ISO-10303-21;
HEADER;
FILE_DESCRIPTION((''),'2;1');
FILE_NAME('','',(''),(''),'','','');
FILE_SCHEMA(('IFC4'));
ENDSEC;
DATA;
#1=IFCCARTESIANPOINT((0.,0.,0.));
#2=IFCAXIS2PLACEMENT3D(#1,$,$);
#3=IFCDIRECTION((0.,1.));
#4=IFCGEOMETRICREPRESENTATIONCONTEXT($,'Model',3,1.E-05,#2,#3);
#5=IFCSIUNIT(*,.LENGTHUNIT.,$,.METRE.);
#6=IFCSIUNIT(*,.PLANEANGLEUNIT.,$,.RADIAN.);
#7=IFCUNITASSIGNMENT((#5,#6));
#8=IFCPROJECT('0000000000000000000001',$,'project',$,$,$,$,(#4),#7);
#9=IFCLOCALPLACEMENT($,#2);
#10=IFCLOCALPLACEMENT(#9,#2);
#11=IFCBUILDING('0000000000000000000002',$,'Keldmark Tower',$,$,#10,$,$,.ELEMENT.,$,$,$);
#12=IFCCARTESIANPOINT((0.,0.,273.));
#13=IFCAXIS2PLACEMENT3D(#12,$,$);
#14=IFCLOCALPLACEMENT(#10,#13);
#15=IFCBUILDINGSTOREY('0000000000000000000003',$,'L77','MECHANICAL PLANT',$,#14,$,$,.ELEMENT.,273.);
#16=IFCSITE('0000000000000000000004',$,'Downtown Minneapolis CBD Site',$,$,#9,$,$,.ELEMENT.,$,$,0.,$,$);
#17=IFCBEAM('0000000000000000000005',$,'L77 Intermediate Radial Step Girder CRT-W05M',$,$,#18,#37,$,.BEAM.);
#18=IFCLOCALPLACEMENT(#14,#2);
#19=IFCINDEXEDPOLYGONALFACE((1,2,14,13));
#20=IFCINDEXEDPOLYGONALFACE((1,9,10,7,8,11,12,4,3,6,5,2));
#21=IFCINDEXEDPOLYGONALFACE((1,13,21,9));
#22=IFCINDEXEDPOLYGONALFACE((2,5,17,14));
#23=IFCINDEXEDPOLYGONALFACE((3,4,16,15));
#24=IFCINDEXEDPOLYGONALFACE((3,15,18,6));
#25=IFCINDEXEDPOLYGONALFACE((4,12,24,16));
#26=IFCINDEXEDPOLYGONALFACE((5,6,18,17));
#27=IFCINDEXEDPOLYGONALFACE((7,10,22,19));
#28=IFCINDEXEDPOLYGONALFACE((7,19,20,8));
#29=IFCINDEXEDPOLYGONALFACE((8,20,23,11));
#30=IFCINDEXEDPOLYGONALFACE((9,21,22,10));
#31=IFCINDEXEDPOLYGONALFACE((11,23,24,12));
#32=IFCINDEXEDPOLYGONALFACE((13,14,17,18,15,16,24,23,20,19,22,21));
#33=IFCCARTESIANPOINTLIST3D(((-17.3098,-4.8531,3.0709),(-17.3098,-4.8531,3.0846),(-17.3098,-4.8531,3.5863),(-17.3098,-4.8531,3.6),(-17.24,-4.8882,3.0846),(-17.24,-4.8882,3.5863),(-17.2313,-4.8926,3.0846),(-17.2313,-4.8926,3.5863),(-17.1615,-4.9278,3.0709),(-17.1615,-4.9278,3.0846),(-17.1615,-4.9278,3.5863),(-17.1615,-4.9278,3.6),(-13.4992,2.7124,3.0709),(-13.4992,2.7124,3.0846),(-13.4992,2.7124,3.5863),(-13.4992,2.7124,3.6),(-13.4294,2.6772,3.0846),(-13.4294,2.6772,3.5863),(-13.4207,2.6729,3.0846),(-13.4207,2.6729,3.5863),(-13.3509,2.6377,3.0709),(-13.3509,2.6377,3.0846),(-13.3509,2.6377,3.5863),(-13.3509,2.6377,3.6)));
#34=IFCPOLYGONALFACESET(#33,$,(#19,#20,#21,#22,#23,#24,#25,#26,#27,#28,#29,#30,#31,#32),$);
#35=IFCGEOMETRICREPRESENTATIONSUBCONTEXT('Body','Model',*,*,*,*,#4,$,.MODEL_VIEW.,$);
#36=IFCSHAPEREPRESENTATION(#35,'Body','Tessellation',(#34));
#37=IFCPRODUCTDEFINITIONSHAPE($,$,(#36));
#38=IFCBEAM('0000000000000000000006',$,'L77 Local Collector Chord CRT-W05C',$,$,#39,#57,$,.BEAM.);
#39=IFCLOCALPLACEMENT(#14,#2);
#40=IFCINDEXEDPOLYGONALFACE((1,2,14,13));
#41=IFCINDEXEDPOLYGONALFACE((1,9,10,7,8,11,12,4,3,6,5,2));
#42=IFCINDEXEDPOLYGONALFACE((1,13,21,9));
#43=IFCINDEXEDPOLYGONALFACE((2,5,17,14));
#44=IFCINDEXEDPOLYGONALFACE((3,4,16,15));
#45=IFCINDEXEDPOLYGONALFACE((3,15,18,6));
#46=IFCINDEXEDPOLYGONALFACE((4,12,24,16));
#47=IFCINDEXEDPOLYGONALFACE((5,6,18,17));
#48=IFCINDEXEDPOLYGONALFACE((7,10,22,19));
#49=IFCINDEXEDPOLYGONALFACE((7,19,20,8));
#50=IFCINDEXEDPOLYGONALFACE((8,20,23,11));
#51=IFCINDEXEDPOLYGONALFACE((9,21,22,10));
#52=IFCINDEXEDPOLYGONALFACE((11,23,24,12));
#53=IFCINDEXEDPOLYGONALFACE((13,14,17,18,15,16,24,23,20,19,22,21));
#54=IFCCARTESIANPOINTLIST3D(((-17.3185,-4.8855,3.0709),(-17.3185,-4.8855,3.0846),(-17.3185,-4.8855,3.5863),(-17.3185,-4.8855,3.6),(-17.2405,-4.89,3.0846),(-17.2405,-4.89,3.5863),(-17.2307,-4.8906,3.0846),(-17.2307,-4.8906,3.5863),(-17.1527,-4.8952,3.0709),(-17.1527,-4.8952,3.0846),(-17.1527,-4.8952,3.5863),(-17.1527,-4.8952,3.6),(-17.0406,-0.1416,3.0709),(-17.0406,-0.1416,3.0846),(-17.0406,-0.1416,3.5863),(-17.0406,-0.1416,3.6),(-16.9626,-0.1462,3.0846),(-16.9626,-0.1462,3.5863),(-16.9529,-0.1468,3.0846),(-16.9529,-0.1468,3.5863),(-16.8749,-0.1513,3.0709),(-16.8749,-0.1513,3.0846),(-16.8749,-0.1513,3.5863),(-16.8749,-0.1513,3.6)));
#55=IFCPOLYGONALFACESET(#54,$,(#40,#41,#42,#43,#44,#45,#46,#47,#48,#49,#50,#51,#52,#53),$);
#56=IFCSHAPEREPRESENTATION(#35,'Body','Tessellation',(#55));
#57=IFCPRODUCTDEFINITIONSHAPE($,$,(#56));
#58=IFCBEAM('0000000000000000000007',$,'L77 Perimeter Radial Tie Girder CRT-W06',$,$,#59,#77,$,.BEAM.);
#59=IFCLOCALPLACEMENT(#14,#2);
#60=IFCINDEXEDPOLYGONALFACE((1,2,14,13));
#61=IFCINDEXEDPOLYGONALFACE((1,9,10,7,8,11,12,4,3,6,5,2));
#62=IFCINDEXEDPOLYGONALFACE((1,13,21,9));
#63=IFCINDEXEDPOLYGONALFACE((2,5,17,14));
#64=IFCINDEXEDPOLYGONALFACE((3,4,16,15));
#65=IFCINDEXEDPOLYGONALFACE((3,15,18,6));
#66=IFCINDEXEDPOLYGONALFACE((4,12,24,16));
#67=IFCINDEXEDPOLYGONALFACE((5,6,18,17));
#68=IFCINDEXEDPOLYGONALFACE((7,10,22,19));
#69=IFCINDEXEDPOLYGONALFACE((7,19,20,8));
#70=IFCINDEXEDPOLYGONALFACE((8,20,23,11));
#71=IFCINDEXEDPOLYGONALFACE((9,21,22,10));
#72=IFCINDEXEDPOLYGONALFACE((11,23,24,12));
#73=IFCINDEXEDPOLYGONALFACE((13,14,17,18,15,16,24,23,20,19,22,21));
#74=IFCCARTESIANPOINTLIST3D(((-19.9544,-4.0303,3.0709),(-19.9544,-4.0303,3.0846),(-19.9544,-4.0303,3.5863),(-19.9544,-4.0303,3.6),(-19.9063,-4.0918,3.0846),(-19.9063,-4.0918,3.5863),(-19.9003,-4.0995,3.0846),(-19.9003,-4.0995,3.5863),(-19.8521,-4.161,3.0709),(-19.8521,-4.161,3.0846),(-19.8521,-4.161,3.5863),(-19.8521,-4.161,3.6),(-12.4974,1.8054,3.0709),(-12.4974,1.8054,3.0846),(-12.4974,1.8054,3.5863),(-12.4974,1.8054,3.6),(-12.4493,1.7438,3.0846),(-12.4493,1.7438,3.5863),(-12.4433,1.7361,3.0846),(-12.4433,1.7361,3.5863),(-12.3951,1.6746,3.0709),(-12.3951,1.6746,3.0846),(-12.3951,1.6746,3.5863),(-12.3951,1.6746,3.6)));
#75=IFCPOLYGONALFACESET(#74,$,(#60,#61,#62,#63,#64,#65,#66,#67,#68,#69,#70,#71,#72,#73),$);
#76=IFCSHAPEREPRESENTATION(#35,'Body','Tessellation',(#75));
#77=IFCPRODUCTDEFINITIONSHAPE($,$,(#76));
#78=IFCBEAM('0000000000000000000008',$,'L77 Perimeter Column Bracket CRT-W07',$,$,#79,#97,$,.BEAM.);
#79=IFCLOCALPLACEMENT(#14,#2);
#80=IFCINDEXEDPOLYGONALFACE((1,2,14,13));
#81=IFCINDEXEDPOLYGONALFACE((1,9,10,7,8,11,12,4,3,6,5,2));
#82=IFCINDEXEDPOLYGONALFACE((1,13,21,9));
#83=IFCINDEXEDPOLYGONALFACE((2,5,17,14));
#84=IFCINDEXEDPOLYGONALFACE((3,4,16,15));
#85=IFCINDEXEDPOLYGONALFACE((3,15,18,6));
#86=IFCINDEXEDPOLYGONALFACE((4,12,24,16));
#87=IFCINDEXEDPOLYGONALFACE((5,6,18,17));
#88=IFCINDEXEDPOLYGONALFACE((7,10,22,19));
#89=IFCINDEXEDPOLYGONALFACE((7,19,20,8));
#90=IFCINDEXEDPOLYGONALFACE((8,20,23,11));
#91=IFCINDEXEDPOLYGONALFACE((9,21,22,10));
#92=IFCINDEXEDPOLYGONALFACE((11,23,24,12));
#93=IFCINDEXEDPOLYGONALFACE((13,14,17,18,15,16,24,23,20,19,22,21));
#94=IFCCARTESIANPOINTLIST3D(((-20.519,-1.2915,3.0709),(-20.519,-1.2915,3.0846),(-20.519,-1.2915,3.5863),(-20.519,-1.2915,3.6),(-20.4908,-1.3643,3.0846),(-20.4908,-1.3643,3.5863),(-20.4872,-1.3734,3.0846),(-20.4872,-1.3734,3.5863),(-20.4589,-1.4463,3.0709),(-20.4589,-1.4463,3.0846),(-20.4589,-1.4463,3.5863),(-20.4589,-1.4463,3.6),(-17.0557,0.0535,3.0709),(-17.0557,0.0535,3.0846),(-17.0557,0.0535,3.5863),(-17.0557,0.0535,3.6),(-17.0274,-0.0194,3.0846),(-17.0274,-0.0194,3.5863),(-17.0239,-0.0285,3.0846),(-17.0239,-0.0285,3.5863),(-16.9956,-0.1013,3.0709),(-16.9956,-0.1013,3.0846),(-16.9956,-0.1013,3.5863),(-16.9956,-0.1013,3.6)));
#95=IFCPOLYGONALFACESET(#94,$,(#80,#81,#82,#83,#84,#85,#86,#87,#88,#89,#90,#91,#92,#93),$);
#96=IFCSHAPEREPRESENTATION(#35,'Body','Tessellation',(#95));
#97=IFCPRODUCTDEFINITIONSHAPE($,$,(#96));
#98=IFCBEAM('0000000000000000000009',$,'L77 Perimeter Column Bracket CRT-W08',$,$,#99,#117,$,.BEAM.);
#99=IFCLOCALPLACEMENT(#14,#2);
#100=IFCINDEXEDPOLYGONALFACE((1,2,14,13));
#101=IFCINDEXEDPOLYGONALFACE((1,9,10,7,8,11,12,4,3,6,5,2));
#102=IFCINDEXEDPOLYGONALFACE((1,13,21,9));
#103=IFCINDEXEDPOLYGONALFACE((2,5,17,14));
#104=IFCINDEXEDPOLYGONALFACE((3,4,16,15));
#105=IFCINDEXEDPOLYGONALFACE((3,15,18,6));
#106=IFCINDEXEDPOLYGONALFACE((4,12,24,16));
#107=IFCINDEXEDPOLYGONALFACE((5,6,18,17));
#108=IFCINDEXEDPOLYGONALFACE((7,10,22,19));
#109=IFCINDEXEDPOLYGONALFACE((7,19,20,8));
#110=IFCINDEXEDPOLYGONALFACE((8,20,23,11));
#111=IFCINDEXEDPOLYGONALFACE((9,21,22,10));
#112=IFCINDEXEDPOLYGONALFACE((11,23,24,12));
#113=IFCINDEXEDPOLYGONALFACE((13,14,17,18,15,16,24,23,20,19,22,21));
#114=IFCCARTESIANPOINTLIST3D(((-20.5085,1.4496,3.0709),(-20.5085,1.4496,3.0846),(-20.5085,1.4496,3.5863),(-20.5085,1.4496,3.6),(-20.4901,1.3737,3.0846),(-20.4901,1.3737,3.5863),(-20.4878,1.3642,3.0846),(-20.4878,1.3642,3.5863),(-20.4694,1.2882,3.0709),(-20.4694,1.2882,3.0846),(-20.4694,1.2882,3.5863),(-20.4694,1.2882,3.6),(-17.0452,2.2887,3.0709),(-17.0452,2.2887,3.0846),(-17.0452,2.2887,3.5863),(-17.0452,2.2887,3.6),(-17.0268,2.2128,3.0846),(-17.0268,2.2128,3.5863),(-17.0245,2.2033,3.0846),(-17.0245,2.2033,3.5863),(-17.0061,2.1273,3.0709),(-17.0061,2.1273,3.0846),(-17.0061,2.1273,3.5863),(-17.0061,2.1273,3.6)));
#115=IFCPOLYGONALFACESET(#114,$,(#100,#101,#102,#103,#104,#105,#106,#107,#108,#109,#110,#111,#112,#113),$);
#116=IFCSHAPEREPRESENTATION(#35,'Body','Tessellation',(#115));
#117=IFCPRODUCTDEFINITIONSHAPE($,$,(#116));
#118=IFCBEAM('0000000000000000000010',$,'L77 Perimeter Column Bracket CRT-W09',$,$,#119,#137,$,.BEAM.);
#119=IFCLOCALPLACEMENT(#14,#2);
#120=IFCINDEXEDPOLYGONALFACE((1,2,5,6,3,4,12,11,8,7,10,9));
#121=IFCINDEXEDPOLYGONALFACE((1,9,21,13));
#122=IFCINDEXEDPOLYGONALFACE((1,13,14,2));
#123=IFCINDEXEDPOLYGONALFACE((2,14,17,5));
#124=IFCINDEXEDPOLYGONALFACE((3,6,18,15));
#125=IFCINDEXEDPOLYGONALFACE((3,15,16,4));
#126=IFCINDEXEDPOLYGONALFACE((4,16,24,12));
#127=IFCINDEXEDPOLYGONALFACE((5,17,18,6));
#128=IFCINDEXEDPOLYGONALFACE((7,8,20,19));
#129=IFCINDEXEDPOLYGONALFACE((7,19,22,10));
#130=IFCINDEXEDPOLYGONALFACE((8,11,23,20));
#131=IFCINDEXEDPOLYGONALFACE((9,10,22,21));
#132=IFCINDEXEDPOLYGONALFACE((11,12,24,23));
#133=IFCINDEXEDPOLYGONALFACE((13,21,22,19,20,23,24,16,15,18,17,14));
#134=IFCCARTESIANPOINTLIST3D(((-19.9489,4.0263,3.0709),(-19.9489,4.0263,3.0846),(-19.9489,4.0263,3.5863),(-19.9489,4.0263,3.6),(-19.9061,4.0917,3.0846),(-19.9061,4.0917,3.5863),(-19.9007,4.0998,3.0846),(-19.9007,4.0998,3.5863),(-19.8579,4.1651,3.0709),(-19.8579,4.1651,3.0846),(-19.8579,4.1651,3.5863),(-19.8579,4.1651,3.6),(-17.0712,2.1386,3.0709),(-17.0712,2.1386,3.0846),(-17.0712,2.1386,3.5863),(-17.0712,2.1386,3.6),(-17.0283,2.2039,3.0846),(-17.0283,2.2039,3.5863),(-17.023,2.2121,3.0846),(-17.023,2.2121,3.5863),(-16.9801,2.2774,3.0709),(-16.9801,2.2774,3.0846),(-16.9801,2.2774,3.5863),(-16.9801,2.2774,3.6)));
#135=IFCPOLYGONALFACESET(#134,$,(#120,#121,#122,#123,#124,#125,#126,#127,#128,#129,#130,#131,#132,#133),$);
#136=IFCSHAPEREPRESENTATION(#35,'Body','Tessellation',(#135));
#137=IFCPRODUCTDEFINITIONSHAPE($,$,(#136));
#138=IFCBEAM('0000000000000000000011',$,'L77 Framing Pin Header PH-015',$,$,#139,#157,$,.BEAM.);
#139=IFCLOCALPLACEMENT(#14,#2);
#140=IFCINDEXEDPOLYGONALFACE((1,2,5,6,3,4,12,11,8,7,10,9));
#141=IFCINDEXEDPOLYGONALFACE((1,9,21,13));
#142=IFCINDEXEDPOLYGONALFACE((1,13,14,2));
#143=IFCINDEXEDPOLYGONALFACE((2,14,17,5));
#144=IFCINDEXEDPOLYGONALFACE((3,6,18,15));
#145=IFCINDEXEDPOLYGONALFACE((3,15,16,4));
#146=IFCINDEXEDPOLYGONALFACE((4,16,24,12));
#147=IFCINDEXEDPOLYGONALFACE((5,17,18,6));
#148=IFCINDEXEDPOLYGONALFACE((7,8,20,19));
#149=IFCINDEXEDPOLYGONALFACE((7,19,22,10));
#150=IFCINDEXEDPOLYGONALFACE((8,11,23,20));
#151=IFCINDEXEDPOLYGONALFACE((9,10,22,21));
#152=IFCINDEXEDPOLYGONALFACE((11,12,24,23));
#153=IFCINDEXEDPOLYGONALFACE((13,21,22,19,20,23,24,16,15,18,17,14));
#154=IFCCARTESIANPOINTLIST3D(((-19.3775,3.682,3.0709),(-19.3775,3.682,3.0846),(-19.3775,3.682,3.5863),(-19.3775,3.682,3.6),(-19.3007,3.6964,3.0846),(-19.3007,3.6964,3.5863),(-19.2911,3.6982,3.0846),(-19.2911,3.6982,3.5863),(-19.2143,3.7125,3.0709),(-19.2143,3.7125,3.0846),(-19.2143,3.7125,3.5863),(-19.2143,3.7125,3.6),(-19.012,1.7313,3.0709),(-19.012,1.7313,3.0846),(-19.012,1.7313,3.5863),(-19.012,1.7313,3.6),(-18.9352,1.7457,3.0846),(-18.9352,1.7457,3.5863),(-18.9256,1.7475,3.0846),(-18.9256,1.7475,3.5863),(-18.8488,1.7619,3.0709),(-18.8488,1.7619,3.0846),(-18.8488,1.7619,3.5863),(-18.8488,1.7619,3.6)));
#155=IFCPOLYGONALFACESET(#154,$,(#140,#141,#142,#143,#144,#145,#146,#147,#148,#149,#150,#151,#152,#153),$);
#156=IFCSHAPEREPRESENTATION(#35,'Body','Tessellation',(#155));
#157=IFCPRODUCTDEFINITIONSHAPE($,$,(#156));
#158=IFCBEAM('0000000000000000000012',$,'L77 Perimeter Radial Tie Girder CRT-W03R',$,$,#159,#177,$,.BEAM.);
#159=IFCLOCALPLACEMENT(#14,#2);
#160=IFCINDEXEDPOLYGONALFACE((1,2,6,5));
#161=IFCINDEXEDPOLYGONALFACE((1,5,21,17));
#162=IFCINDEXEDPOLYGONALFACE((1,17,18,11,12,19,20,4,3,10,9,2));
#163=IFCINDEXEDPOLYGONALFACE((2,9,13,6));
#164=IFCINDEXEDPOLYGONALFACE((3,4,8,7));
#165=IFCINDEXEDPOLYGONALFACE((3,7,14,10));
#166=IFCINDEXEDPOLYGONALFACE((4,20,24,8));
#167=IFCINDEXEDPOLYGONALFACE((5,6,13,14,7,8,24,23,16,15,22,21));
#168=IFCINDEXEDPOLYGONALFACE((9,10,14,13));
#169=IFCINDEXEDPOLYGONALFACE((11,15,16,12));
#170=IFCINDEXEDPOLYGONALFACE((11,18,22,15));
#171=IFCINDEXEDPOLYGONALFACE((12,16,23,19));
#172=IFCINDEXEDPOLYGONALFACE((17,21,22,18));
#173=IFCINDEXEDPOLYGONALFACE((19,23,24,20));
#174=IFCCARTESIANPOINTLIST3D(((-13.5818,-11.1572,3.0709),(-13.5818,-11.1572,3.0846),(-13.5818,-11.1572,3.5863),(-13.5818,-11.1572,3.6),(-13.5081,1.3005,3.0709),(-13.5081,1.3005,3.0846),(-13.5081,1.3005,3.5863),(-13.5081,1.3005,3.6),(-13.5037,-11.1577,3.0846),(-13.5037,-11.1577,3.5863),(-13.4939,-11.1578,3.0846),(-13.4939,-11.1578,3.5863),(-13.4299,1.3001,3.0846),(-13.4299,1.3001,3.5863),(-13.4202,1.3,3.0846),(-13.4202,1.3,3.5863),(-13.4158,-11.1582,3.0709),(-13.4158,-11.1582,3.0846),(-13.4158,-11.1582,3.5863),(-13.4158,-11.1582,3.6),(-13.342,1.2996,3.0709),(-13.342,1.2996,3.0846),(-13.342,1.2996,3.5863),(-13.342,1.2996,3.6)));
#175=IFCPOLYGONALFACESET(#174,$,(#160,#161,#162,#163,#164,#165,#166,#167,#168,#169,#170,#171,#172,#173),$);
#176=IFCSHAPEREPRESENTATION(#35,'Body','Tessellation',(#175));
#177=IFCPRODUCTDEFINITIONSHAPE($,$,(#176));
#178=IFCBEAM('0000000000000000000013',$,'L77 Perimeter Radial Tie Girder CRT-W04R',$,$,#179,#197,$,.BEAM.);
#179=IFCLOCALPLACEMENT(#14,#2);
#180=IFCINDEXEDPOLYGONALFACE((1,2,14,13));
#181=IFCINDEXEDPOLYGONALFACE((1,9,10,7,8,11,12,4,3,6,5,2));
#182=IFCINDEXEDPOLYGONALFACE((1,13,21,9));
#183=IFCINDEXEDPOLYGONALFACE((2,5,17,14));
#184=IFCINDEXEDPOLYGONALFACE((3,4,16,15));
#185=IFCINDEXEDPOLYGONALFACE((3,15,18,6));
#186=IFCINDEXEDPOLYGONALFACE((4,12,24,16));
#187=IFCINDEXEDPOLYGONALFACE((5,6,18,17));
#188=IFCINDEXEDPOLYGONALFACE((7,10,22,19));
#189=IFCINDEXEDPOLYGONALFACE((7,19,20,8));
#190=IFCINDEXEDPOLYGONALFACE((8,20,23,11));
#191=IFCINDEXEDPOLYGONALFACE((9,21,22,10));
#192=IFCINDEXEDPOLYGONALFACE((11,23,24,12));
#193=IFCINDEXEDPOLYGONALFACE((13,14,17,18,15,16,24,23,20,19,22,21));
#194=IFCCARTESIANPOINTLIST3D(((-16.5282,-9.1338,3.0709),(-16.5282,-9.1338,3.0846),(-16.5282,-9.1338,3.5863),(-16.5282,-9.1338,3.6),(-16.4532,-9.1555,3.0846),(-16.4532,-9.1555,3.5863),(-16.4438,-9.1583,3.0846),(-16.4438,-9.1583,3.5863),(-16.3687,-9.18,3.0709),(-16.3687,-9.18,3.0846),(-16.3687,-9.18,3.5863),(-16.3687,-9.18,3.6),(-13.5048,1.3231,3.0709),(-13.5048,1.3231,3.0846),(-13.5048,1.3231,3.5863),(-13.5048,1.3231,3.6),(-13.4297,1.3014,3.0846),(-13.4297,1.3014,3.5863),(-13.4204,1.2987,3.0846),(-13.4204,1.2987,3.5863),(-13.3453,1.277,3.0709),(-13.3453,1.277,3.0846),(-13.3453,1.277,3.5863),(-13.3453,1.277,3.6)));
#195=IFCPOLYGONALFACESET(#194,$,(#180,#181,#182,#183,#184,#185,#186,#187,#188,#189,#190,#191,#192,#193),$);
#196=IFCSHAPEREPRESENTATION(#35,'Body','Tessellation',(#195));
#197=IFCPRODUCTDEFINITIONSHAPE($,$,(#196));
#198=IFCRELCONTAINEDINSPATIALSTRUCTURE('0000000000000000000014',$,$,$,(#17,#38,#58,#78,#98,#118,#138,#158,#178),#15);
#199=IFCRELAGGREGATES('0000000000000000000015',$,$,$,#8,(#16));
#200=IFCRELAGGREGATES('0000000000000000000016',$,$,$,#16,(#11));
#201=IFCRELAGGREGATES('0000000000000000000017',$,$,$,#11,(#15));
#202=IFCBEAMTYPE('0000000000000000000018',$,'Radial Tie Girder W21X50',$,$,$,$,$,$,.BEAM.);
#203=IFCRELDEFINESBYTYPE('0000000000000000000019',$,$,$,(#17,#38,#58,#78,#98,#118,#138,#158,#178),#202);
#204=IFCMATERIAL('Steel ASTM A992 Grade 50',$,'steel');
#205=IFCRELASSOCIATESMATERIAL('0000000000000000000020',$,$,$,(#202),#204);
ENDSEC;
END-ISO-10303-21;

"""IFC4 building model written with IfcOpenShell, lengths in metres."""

from ifc_helpers import new_model, si_unit, direction, frame, origin, origin_2d, place, context, subcontext, project, spatial, i_section, extrude, material, material_profile, profile_set, type_object, element, save


model = new_model("IFC4")

# Units and contexts
model_context = context("Model", 3, precision=1e-05, world=origin(), true_north=direction((0.0, 1.0)))
body_context = subcontext(model_context, "Body", "Model", "MODEL_VIEW")
ifc_project = project(units=[si_unit("LENGTHUNIT", "METRE"), si_unit("PLANEANGLEUNIT", "RADIAN")], contexts=[model_context])

# Site, building, storey
site_placement = place(None, origin())
site = spatial("IfcSite", under=ifc_project, at=site_placement, Name="Downtown Minneapolis CBD Site", CompositionType="ELEMENT", RefElevation=0.0)
building_placement = place(site_placement, origin())
building = spatial("IfcBuilding", under=site, at=building_placement, Name="Keldmark Tower", CompositionType="ELEMENT")
storey_placement = place(building_placement, frame((0.0, 0.0, 273.0)))
storey = spatial("IfcBuildingStorey", under=building, at=storey_placement, Name="L77", Description="MECHANICAL PLANT", CompositionType="ELEMENT", Elevation=273.0)

# Beams
ifc_material_1 = material(Name="Steel ASTM A992 Grade 50", Category="steel")
ifc_material_profile_1 = material_profile(ifc_material_1, i_section(OverallWidth=0.166, OverallDepth=0.5291, WebThickness=0.0098, FlangeThickness=0.0137, at=origin_2d()), Name="W21X50")
ifc_profile_set_1 = profile_set([ifc_material_profile_1], Name="Steel ASTM A992 Grade 50")
beam_type_1 = type_object("IfcBeamType", Name="Radial Tie Girder W21X50", PredefinedType="BEAM", material=ifc_profile_set_1)
beam_1_placement = place(storey_placement, frame((-13.425, 2.675, 3.3354), z_axis=(-0.44984, -0.893109, 0.0), x_axis=(0.893109, -0.44984, 0.0)))
element("IfcBeam", 1, at=beam_1_placement, inside=storey, type_object=beam_type_1, Name="L77 Intermediate Radial Step Girder CRT-W05M", PredefinedType="BEAM", context=body_context, shape_type="SweptSolid", body=[
    extrude(i_section(OverallWidth=0.166, OverallDepth=0.5291, WebThickness=0.0098, FlangeThickness=0.0137, at=origin_2d()), origin(), (0.0, 0.0, 1.0), 8.4709),
])
beam_2_placement = place(storey_placement, frame((-16.9578, -0.1465, 3.3354), z_axis=(-0.058466, -0.998289, 0.0), x_axis=(0.998289, -0.058466, 0.0)))
element("IfcBeam", 2, at=beam_2_placement, inside=storey, type_object=beam_type_1, Name="L77 Local Collector Chord CRT-W05C", PredefinedType="BEAM", context=body_context, shape_type="SweptSolid", body=[
    extrude(i_section(OverallWidth=0.166, OverallDepth=0.5291, WebThickness=0.0098, FlangeThickness=0.0137, at=origin_2d()), origin(), (0.0, 0.0, 1.0), 4.752),
])
beam_3_placement = place(storey_placement, frame((-12.4463, 1.74, 3.3354), z_axis=(-0.787518, -0.616292, 0.0), x_axis=(0.616292, -0.787518, 0.0)))
element("IfcBeam", 3, at=beam_3_placement, inside=storey, type_object=beam_type_1, Name="L77 Perimeter Radial Tie Girder CRT-W06", PredefinedType="BEAM", context=body_context, shape_type="SweptSolid", body=[
    extrude(i_section(OverallWidth=0.166, OverallDepth=0.5291, WebThickness=0.0098, FlangeThickness=0.0137, at=origin_2d()), origin(), (0.0, 0.0, 1.0), 9.469),
])
beam_4_placement = place(storey_placement, frame((-17.0256, -0.0239, 3.3354), z_axis=(-0.932177, -0.362002, 0.0), x_axis=(0.362002, -0.932177, 0.0)))
element("IfcBeam", 4, at=beam_4_placement, inside=storey, type_object=beam_type_1, Name="L77 Perimeter Column Bracket CRT-W07", PredefinedType="BEAM", context=body_context, shape_type="SweptSolid", body=[
    extrude(i_section(OverallWidth=0.166, OverallDepth=0.5291, WebThickness=0.0098, FlangeThickness=0.0137, at=origin_2d()), origin(), (0.0, 0.0, 1.0), 3.7153),
])
beam_5_placement = place(storey_placement, frame((-17.0256, 2.208, 3.3354), z_axis=(-0.971882, -0.235469, 0.0), x_axis=(0.235469, -0.971882, 0.0)))
element("IfcBeam", 5, at=beam_5_placement, inside=storey, type_object=beam_type_1, Name="L77 Perimeter Column Bracket CRT-W08", PredefinedType="BEAM", context=body_context, shape_type="SweptSolid", body=[
    extrude(i_section(OverallWidth=0.166, OverallDepth=0.5291, WebThickness=0.0098, FlangeThickness=0.0137, at=origin_2d()), origin(), (0.0, 0.0, 1.0), 3.5635),
])
beam_6_placement = place(storey_placement, frame((-17.0256, 2.208, 3.3354), z_axis=(-0.836153, 0.548497, 0.0), x_axis=(-0.548497, -0.836153, 0.0)))
element("IfcBeam", 6, at=beam_6_placement, inside=storey, type_object=beam_type_1, Name="L77 Perimeter Column Bracket CRT-W09", PredefinedType="BEAM", context=body_context, shape_type="SweptSolid", body=[
    extrude(i_section(OverallWidth=0.166, OverallDepth=0.5291, WebThickness=0.0098, FlangeThickness=0.0137, at=origin_2d()), origin(), (0.0, 0.0, 1.0), 3.4417),
])
beam_7_placement = place(storey_placement, frame((-18.9304, 1.7466, 3.3354), z_axis=(-0.184155, 0.982897, 0.0), x_axis=(-0.982897, -0.184155, 0.0)))
element("IfcBeam", 7, at=beam_7_placement, inside=storey, type_object=beam_type_1, Name="L77 Framing Pin Header PH-015", PredefinedType="BEAM", context=body_context, shape_type="SweptSolid", body=[
    extrude(i_section(OverallWidth=0.166, OverallDepth=0.5291, WebThickness=0.0098, FlangeThickness=0.0137, at=origin_2d()), origin(), (0.0, 0.0, 1.0), 1.9846),
])
beam_8_placement = place(storey_placement, frame((-13.425, 1.3, 3.3354), z_axis=(-0.005918, -0.999982, 0.0), x_axis=(0.999982, -0.005918, 0.0)))
element("IfcBeam", 8, at=beam_8_placement, inside=storey, type_object=beam_type_1, Name="L77 Perimeter Radial Tie Girder CRT-W03R", PredefinedType="BEAM", context=body_context, shape_type="SweptSolid", body=[
    extrude(i_section(OverallWidth=0.166, OverallDepth=0.5291, WebThickness=0.0098, FlangeThickness=0.0137, at=origin_2d()), origin(), (0.0, 0.0, 1.0), 12.458),
])
beam_9_placement = place(storey_placement, frame((-13.425, 1.3, 3.3354), z_axis=(-0.277753, -0.960652, 0.0), x_axis=(0.960652, -0.277753, 0.0)))
element("IfcBeam", 9, at=beam_9_placement, inside=storey, type_object=beam_type_1, Name="L77 Perimeter Radial Tie Girder CRT-W04R", PredefinedType="BEAM", context=body_context, shape_type="SweptSolid", body=[
    extrude(i_section(OverallWidth=0.166, OverallDepth=0.5291, WebThickness=0.0098, FlangeThickness=0.0137, at=origin_2d()), origin(), (0.0, 0.0, 1.0), 10.8853),
])

save(model, "model.ifc")
